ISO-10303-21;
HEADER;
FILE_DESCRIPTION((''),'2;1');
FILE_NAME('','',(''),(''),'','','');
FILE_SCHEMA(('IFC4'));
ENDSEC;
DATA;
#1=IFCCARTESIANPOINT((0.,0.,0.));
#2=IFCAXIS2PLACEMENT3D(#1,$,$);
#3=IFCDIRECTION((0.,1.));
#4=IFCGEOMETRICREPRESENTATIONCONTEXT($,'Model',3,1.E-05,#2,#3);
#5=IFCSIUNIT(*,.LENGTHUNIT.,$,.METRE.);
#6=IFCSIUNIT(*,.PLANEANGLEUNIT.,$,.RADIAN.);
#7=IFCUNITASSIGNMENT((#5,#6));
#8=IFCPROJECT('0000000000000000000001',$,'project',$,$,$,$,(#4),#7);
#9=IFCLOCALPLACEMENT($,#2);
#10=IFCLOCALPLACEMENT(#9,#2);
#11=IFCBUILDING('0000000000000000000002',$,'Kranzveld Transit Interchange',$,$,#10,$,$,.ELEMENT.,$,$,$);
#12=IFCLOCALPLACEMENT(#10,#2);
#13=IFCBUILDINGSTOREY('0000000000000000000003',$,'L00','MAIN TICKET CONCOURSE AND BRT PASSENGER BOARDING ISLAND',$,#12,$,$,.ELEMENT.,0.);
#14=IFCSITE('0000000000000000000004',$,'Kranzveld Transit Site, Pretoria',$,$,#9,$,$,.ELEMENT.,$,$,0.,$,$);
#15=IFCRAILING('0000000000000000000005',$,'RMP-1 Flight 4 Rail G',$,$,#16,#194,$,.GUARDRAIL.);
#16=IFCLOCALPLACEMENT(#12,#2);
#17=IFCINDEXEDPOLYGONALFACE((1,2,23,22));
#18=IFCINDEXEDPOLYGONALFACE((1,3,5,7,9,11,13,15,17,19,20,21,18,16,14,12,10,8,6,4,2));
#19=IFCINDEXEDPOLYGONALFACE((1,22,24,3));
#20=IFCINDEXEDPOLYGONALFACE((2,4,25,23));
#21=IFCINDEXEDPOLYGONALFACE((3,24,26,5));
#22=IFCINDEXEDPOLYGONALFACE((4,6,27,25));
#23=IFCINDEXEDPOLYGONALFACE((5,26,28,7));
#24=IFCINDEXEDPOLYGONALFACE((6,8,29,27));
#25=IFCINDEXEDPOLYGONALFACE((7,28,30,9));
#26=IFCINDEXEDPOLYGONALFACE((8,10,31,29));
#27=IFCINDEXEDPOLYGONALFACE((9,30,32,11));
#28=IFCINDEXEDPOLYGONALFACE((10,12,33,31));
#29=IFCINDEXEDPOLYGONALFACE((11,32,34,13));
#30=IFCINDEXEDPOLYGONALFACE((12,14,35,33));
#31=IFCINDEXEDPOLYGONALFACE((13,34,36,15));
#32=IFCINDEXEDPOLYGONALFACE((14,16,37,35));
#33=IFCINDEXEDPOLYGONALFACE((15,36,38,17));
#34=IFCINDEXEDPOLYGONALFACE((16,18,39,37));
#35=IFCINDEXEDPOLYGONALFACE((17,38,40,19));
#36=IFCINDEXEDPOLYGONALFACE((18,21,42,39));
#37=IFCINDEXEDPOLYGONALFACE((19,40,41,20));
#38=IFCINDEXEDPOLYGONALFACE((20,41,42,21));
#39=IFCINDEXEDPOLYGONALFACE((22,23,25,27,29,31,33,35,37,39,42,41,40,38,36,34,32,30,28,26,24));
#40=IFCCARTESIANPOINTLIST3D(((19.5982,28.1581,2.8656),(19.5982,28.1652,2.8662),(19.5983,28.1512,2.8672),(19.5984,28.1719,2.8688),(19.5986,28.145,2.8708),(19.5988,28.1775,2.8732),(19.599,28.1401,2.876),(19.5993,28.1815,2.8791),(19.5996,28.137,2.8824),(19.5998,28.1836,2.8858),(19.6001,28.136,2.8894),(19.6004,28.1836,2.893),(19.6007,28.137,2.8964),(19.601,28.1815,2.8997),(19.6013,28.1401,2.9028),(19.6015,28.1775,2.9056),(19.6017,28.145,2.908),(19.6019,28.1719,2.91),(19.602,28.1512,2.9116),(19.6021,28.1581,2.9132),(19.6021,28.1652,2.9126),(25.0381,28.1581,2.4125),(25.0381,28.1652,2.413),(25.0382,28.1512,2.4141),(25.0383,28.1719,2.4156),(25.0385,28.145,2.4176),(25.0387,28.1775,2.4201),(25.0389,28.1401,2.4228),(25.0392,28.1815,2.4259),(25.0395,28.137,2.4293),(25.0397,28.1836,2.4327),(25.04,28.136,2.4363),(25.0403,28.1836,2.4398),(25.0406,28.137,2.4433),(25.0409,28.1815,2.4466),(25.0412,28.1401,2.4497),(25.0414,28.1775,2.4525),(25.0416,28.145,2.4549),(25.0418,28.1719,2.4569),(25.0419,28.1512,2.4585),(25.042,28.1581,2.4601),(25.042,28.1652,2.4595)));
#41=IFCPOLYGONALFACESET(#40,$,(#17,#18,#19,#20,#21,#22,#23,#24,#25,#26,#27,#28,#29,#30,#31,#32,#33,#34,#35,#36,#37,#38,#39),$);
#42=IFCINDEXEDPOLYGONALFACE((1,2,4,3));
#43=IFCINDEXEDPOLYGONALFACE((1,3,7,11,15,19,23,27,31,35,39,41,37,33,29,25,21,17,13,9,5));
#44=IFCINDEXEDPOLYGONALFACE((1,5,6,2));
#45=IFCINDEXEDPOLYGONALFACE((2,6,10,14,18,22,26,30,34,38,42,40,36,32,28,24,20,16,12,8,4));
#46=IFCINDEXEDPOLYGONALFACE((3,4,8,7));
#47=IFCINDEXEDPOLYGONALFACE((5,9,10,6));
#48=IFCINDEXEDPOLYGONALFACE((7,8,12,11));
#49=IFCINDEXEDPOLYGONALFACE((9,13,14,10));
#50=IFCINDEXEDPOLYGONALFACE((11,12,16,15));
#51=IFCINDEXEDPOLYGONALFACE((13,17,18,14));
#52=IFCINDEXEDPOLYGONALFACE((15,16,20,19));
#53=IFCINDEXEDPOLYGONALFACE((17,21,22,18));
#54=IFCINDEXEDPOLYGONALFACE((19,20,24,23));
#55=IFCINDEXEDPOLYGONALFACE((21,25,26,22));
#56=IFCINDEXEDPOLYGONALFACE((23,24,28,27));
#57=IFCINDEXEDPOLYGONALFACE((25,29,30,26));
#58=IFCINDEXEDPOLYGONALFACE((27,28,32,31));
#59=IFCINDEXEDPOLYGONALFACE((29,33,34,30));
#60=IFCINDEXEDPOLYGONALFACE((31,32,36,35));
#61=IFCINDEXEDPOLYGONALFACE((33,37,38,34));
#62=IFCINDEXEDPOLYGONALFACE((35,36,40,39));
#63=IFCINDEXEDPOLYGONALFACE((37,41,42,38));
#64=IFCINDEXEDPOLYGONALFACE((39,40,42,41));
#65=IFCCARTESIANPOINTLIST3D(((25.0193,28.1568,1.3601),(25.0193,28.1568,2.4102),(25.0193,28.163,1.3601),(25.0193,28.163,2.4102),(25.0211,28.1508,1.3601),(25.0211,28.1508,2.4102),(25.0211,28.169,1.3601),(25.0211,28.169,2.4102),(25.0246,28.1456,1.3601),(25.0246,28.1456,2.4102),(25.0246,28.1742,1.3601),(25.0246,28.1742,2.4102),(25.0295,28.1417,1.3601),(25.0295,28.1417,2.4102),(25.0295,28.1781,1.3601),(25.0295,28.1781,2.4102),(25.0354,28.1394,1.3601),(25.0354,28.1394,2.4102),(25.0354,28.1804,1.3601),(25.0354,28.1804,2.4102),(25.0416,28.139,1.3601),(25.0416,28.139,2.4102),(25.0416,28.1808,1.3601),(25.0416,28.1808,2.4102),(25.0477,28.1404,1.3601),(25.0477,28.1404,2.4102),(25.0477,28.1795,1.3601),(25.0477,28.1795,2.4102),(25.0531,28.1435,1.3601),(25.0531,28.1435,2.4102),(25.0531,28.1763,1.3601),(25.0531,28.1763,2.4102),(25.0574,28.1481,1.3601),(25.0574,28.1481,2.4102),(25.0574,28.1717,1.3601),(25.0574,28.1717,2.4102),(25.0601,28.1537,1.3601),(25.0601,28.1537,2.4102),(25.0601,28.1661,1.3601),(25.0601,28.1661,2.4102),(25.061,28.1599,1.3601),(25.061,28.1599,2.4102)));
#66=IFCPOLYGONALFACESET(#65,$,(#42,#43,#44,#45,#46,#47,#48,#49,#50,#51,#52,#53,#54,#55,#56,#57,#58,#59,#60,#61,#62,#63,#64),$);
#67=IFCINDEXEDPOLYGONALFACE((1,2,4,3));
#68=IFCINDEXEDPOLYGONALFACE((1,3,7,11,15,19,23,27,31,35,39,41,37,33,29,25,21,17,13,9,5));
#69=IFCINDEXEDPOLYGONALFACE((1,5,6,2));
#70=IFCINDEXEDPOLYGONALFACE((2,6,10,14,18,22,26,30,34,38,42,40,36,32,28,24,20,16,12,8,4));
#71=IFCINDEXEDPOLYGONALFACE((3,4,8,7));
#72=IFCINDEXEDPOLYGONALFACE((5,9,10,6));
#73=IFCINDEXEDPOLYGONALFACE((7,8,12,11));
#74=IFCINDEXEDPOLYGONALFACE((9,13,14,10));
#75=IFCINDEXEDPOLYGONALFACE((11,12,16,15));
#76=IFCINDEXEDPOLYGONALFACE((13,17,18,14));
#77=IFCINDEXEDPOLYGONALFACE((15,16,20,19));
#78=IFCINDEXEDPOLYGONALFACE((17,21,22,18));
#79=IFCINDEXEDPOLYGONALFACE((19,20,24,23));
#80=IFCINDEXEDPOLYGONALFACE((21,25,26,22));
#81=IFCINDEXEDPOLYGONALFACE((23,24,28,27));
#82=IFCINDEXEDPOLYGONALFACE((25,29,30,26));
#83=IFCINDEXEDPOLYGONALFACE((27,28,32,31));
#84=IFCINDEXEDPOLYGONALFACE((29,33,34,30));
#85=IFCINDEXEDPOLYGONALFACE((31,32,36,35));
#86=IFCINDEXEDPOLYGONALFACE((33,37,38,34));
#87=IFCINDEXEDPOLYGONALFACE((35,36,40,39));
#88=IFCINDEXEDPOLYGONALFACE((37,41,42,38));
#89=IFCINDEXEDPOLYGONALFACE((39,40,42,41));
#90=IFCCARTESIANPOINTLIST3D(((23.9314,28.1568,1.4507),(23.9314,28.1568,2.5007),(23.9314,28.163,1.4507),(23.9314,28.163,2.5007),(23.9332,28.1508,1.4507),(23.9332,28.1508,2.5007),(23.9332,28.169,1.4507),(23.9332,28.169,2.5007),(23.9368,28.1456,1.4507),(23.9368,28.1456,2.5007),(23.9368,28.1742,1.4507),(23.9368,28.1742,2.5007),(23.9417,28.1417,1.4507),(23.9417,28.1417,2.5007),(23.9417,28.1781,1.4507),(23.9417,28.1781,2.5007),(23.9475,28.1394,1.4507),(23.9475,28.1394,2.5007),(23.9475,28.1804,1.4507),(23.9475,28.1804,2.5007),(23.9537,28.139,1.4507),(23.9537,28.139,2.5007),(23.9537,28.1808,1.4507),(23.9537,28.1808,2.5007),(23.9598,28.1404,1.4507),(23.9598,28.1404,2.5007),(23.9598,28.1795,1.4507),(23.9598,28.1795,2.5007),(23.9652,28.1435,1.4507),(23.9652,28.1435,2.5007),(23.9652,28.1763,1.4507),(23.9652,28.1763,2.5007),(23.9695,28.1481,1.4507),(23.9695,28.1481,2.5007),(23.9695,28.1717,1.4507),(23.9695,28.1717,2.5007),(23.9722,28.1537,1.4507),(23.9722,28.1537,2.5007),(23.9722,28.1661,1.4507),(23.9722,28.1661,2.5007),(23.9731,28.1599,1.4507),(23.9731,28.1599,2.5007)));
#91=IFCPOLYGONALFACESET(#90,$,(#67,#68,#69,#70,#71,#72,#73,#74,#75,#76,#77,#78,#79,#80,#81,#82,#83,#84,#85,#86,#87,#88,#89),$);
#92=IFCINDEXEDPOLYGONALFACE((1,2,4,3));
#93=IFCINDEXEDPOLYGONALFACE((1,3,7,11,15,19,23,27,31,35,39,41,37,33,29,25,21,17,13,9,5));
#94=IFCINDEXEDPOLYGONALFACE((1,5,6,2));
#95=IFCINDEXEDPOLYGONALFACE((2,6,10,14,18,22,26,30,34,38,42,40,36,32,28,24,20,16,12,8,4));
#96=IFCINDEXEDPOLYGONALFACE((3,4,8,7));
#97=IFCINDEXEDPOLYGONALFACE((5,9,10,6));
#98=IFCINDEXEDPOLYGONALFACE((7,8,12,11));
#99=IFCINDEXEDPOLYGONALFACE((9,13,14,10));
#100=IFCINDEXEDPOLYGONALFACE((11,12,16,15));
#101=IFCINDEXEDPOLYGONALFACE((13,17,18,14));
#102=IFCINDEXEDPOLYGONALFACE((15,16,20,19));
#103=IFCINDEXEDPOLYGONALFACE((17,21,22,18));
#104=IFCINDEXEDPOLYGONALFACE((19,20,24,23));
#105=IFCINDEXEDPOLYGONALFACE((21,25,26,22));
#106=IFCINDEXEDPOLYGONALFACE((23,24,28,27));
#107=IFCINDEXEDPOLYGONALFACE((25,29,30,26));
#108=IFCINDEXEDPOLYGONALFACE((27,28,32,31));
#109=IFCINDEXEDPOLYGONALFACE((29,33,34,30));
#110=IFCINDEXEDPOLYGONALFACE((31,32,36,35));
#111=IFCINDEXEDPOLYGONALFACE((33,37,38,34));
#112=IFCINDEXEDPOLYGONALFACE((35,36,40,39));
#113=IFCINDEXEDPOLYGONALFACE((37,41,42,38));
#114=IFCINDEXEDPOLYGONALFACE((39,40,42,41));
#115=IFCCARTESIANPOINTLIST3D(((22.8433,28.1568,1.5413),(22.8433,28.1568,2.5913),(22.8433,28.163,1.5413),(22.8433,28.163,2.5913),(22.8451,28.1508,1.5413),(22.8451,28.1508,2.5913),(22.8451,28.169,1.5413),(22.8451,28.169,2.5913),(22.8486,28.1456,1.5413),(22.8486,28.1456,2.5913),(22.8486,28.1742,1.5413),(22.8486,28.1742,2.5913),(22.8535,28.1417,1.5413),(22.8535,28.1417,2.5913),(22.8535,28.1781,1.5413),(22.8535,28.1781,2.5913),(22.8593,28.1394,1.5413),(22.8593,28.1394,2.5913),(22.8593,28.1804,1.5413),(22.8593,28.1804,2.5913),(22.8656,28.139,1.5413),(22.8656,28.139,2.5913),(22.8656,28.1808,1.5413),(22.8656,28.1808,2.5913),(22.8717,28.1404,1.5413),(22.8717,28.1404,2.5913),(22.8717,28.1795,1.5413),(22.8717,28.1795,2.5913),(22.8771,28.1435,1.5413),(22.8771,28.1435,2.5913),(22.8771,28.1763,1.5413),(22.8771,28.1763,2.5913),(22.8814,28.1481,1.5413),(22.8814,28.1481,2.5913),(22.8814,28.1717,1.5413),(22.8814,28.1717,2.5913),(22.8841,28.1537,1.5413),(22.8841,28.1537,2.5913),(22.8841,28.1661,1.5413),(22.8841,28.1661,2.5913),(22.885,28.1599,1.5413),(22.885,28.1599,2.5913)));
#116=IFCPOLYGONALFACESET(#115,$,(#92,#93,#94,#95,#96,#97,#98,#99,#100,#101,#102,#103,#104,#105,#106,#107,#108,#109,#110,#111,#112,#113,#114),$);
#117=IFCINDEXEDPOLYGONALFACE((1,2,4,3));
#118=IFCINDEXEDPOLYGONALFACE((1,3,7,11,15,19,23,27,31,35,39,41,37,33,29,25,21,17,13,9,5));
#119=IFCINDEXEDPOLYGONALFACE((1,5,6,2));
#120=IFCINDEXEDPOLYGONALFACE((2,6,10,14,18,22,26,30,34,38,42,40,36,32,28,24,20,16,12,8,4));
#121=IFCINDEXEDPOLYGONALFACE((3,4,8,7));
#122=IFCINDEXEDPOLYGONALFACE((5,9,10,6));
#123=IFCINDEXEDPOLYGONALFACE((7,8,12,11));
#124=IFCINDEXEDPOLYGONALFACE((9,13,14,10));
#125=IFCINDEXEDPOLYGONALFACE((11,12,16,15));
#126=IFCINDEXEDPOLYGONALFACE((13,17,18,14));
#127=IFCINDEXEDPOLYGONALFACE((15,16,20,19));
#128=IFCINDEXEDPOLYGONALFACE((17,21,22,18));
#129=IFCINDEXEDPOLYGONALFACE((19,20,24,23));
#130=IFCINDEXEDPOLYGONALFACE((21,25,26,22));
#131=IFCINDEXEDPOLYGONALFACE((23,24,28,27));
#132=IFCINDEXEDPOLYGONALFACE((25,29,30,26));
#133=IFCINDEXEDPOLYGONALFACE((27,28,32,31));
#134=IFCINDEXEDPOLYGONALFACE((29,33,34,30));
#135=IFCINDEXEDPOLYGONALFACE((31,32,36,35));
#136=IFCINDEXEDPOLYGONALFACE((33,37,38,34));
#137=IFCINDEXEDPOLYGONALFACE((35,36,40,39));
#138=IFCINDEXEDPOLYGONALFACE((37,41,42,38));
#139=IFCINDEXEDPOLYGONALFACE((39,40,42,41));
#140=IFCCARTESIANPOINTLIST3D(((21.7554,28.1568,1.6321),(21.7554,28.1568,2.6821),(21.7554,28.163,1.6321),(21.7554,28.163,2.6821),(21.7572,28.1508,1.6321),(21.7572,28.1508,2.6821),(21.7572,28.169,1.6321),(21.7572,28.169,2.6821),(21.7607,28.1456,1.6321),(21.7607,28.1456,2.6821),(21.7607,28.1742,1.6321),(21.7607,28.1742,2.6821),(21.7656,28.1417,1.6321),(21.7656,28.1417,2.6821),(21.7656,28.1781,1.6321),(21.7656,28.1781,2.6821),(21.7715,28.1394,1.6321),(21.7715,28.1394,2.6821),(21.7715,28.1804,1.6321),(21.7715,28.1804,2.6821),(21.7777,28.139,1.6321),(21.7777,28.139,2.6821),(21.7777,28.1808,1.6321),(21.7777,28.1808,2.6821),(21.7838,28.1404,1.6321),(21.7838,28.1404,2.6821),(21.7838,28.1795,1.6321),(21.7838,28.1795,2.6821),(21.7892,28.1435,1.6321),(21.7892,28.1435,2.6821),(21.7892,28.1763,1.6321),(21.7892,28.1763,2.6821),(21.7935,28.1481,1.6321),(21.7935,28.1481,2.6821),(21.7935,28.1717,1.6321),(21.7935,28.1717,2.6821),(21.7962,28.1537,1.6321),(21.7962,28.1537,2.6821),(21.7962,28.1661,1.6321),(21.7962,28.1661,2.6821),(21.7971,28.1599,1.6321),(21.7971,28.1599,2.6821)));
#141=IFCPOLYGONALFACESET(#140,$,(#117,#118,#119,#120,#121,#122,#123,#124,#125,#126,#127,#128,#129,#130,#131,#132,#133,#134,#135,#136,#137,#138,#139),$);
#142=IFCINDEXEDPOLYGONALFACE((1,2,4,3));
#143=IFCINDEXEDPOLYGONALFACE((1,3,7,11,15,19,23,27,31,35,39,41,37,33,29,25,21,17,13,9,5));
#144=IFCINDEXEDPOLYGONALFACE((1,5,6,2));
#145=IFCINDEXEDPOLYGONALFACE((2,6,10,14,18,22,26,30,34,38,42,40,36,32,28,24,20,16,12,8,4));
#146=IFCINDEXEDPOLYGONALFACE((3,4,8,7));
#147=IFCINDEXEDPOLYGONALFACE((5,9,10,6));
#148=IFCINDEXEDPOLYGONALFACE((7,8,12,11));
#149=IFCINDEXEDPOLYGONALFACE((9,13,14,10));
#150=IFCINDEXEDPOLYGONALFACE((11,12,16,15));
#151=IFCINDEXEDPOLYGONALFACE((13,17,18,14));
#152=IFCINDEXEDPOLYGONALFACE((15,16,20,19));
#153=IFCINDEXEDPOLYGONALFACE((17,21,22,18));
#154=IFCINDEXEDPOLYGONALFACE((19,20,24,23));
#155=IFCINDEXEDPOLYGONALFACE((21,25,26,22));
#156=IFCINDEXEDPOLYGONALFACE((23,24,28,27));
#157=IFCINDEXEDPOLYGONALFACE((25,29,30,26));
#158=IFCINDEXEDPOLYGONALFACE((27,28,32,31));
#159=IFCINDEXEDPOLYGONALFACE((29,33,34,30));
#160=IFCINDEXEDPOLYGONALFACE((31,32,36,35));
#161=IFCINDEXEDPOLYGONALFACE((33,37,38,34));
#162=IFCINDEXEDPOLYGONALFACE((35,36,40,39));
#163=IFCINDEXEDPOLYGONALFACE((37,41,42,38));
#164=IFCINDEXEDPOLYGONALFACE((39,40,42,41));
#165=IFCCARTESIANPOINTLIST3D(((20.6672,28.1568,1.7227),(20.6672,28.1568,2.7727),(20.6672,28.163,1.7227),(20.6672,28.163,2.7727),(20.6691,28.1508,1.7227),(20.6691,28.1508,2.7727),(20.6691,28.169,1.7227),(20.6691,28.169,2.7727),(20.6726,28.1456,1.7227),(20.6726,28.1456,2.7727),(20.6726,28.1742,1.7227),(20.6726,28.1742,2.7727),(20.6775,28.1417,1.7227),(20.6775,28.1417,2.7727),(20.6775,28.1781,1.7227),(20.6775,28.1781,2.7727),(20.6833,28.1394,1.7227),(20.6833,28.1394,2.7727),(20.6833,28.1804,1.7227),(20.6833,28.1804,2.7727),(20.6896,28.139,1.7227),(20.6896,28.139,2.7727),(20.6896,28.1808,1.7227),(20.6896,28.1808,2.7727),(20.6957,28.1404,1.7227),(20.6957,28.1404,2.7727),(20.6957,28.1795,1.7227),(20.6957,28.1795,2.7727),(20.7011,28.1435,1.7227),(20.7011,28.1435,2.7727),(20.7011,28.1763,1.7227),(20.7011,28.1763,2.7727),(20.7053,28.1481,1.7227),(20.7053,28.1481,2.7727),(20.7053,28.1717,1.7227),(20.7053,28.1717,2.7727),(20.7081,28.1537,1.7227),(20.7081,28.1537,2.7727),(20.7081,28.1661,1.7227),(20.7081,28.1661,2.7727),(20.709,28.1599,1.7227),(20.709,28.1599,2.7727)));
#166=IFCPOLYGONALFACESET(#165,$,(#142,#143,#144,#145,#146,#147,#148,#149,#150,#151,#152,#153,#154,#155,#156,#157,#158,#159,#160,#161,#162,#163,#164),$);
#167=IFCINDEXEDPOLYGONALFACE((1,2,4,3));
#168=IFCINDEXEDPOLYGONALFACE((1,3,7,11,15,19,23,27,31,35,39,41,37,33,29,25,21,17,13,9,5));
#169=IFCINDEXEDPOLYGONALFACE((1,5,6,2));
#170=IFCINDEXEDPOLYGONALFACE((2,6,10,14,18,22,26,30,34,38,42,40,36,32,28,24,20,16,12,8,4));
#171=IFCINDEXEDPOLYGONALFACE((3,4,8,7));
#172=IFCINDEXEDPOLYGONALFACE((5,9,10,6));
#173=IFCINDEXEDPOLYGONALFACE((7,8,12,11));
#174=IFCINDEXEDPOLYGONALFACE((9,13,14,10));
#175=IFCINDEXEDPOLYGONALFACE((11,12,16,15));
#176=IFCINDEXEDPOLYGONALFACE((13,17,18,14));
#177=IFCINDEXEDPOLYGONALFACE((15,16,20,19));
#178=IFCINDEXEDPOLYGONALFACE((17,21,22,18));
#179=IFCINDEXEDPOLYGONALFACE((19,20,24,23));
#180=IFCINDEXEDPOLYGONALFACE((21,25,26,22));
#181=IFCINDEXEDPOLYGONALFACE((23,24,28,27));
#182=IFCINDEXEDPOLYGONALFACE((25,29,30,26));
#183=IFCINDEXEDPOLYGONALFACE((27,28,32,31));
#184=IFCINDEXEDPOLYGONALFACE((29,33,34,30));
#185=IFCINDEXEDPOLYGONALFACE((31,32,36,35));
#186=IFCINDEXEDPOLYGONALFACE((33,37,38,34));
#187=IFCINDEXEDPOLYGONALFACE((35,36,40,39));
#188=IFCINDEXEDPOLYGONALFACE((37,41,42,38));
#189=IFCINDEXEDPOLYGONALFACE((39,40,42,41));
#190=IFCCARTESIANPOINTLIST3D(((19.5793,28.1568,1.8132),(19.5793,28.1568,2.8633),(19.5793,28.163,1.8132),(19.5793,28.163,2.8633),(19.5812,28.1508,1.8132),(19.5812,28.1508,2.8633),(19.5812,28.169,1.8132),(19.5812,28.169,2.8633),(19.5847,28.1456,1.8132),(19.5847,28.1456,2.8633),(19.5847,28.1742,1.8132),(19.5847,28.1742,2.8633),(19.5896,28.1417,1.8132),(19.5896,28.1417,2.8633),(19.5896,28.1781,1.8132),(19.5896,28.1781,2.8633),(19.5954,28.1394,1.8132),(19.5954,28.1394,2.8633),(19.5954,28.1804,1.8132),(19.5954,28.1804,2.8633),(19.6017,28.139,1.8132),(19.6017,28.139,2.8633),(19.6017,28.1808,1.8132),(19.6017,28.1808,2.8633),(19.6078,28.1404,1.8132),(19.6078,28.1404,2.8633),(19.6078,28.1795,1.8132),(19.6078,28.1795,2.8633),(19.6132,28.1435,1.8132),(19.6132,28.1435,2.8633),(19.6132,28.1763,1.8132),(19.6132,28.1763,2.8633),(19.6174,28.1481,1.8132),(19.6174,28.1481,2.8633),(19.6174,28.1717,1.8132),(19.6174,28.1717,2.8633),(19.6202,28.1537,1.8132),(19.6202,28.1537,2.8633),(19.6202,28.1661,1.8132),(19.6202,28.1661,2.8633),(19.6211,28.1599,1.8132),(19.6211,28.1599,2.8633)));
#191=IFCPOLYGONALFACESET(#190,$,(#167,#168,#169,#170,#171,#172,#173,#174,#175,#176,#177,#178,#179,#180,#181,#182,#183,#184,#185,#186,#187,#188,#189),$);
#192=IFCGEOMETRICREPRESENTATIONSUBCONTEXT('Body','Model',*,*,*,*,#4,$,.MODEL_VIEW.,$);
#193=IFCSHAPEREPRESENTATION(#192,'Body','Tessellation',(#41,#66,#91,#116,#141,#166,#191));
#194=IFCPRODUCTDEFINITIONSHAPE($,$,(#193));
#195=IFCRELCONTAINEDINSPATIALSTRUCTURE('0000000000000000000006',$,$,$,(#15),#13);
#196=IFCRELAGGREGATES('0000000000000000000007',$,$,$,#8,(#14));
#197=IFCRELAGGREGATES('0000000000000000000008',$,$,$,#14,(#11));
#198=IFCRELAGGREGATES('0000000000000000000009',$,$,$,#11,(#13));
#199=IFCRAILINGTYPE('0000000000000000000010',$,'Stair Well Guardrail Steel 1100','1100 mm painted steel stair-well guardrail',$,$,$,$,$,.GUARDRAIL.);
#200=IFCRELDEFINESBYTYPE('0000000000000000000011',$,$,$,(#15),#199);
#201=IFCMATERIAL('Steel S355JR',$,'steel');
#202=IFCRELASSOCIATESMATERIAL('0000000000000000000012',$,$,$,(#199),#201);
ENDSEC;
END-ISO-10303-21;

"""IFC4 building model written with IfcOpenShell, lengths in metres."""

from ifc_helpers import new_model, si_unit, direction, frame, origin, origin_2d, place, context, subcontext, project, spatial, circle, extrude, material, type_object, element, save


model = new_model("IFC4")

# Units and contexts
model_context = context("Model", 3, precision=1e-05, world=origin(), true_north=direction((0.0, 1.0)))
body_context = subcontext(model_context, "Body", "Model", "MODEL_VIEW")
ifc_project = project(units=[si_unit("LENGTHUNIT", "METRE"), si_unit("PLANEANGLEUNIT", "RADIAN")], contexts=[model_context])

# Site, building, storey
site_placement = place(None, origin())
site = spatial("IfcSite", under=ifc_project, at=site_placement, Name="Kranzveld Transit Site, Pretoria", CompositionType="ELEMENT", RefElevation=0.0)
building_placement = place(site_placement, origin())
building = spatial("IfcBuilding", under=site, at=building_placement, Name="Kranzveld Transit Interchange", CompositionType="ELEMENT")
storey_placement = place(building_placement, origin())
storey = spatial("IfcBuildingStorey", under=building, at=storey_placement, Name="L00", Description="MAIN TICKET CONCOURSE AND BRT PASSENGER BOARDING ISLAND", CompositionType="ELEMENT", Elevation=0.0)

# Railing
ifc_material_1 = material(Name="Steel S355JR", Category="steel")
railing_type_1 = type_object("IfcRailingType", Name="Stair Well Guardrail Steel 1100", Description="1100 mm painted steel stair-well guardrail", PredefinedType="GUARDRAIL", material=ifc_material_1)
railing_1_placement = place(storey_placement, frame((25.04, 28.1599, 1.3601)))
element("IfcRailing", 1, at=railing_1_placement, inside=storey, type_object=railing_type_1, Name="RMP-1 Flight 4 Rail G", PredefinedType="GUARDRAIL", context=body_context, shape_type="SweptSolid", body=[
    extrude(circle(Radius=0.0239, at=origin_2d()), frame((0.0, 0.0, 1.0762), z_axis=(-0.996549, 0.0, 0.083008), x_axis=(0.0, -1.0, 0.0)), (0.0, 0.0, 1.0), 5.4587),
    extrude(circle(Radius=0.021, at=origin_2d()), origin(), (0.0, 0.0, 1.0), 1.05),
    extrude(circle(Radius=0.021, at=origin_2d()), frame((-1.0879, 0.0, 0.0906)), (0.0, 0.0, 1.0), 1.05),
    extrude(circle(Radius=0.021, at=origin_2d()), frame((-2.176, 0.0, 0.1812)), (0.0, 0.0, 1.0), 1.05),
    extrude(circle(Radius=0.021, at=origin_2d()), frame((-3.2639, 0.0, 0.272)), (0.0, 0.0, 1.0), 1.05),
    extrude(circle(Radius=0.021, at=origin_2d()), frame((-4.3521, 0.0, 0.3625)), (0.0, 0.0, 1.0), 1.05),
    extrude(circle(Radius=0.021, at=origin_2d()), frame((-5.4399, 0.0, 0.4531)), (0.0, 0.0, 1.0), 1.05),
])

save(model, "model.ifc")
